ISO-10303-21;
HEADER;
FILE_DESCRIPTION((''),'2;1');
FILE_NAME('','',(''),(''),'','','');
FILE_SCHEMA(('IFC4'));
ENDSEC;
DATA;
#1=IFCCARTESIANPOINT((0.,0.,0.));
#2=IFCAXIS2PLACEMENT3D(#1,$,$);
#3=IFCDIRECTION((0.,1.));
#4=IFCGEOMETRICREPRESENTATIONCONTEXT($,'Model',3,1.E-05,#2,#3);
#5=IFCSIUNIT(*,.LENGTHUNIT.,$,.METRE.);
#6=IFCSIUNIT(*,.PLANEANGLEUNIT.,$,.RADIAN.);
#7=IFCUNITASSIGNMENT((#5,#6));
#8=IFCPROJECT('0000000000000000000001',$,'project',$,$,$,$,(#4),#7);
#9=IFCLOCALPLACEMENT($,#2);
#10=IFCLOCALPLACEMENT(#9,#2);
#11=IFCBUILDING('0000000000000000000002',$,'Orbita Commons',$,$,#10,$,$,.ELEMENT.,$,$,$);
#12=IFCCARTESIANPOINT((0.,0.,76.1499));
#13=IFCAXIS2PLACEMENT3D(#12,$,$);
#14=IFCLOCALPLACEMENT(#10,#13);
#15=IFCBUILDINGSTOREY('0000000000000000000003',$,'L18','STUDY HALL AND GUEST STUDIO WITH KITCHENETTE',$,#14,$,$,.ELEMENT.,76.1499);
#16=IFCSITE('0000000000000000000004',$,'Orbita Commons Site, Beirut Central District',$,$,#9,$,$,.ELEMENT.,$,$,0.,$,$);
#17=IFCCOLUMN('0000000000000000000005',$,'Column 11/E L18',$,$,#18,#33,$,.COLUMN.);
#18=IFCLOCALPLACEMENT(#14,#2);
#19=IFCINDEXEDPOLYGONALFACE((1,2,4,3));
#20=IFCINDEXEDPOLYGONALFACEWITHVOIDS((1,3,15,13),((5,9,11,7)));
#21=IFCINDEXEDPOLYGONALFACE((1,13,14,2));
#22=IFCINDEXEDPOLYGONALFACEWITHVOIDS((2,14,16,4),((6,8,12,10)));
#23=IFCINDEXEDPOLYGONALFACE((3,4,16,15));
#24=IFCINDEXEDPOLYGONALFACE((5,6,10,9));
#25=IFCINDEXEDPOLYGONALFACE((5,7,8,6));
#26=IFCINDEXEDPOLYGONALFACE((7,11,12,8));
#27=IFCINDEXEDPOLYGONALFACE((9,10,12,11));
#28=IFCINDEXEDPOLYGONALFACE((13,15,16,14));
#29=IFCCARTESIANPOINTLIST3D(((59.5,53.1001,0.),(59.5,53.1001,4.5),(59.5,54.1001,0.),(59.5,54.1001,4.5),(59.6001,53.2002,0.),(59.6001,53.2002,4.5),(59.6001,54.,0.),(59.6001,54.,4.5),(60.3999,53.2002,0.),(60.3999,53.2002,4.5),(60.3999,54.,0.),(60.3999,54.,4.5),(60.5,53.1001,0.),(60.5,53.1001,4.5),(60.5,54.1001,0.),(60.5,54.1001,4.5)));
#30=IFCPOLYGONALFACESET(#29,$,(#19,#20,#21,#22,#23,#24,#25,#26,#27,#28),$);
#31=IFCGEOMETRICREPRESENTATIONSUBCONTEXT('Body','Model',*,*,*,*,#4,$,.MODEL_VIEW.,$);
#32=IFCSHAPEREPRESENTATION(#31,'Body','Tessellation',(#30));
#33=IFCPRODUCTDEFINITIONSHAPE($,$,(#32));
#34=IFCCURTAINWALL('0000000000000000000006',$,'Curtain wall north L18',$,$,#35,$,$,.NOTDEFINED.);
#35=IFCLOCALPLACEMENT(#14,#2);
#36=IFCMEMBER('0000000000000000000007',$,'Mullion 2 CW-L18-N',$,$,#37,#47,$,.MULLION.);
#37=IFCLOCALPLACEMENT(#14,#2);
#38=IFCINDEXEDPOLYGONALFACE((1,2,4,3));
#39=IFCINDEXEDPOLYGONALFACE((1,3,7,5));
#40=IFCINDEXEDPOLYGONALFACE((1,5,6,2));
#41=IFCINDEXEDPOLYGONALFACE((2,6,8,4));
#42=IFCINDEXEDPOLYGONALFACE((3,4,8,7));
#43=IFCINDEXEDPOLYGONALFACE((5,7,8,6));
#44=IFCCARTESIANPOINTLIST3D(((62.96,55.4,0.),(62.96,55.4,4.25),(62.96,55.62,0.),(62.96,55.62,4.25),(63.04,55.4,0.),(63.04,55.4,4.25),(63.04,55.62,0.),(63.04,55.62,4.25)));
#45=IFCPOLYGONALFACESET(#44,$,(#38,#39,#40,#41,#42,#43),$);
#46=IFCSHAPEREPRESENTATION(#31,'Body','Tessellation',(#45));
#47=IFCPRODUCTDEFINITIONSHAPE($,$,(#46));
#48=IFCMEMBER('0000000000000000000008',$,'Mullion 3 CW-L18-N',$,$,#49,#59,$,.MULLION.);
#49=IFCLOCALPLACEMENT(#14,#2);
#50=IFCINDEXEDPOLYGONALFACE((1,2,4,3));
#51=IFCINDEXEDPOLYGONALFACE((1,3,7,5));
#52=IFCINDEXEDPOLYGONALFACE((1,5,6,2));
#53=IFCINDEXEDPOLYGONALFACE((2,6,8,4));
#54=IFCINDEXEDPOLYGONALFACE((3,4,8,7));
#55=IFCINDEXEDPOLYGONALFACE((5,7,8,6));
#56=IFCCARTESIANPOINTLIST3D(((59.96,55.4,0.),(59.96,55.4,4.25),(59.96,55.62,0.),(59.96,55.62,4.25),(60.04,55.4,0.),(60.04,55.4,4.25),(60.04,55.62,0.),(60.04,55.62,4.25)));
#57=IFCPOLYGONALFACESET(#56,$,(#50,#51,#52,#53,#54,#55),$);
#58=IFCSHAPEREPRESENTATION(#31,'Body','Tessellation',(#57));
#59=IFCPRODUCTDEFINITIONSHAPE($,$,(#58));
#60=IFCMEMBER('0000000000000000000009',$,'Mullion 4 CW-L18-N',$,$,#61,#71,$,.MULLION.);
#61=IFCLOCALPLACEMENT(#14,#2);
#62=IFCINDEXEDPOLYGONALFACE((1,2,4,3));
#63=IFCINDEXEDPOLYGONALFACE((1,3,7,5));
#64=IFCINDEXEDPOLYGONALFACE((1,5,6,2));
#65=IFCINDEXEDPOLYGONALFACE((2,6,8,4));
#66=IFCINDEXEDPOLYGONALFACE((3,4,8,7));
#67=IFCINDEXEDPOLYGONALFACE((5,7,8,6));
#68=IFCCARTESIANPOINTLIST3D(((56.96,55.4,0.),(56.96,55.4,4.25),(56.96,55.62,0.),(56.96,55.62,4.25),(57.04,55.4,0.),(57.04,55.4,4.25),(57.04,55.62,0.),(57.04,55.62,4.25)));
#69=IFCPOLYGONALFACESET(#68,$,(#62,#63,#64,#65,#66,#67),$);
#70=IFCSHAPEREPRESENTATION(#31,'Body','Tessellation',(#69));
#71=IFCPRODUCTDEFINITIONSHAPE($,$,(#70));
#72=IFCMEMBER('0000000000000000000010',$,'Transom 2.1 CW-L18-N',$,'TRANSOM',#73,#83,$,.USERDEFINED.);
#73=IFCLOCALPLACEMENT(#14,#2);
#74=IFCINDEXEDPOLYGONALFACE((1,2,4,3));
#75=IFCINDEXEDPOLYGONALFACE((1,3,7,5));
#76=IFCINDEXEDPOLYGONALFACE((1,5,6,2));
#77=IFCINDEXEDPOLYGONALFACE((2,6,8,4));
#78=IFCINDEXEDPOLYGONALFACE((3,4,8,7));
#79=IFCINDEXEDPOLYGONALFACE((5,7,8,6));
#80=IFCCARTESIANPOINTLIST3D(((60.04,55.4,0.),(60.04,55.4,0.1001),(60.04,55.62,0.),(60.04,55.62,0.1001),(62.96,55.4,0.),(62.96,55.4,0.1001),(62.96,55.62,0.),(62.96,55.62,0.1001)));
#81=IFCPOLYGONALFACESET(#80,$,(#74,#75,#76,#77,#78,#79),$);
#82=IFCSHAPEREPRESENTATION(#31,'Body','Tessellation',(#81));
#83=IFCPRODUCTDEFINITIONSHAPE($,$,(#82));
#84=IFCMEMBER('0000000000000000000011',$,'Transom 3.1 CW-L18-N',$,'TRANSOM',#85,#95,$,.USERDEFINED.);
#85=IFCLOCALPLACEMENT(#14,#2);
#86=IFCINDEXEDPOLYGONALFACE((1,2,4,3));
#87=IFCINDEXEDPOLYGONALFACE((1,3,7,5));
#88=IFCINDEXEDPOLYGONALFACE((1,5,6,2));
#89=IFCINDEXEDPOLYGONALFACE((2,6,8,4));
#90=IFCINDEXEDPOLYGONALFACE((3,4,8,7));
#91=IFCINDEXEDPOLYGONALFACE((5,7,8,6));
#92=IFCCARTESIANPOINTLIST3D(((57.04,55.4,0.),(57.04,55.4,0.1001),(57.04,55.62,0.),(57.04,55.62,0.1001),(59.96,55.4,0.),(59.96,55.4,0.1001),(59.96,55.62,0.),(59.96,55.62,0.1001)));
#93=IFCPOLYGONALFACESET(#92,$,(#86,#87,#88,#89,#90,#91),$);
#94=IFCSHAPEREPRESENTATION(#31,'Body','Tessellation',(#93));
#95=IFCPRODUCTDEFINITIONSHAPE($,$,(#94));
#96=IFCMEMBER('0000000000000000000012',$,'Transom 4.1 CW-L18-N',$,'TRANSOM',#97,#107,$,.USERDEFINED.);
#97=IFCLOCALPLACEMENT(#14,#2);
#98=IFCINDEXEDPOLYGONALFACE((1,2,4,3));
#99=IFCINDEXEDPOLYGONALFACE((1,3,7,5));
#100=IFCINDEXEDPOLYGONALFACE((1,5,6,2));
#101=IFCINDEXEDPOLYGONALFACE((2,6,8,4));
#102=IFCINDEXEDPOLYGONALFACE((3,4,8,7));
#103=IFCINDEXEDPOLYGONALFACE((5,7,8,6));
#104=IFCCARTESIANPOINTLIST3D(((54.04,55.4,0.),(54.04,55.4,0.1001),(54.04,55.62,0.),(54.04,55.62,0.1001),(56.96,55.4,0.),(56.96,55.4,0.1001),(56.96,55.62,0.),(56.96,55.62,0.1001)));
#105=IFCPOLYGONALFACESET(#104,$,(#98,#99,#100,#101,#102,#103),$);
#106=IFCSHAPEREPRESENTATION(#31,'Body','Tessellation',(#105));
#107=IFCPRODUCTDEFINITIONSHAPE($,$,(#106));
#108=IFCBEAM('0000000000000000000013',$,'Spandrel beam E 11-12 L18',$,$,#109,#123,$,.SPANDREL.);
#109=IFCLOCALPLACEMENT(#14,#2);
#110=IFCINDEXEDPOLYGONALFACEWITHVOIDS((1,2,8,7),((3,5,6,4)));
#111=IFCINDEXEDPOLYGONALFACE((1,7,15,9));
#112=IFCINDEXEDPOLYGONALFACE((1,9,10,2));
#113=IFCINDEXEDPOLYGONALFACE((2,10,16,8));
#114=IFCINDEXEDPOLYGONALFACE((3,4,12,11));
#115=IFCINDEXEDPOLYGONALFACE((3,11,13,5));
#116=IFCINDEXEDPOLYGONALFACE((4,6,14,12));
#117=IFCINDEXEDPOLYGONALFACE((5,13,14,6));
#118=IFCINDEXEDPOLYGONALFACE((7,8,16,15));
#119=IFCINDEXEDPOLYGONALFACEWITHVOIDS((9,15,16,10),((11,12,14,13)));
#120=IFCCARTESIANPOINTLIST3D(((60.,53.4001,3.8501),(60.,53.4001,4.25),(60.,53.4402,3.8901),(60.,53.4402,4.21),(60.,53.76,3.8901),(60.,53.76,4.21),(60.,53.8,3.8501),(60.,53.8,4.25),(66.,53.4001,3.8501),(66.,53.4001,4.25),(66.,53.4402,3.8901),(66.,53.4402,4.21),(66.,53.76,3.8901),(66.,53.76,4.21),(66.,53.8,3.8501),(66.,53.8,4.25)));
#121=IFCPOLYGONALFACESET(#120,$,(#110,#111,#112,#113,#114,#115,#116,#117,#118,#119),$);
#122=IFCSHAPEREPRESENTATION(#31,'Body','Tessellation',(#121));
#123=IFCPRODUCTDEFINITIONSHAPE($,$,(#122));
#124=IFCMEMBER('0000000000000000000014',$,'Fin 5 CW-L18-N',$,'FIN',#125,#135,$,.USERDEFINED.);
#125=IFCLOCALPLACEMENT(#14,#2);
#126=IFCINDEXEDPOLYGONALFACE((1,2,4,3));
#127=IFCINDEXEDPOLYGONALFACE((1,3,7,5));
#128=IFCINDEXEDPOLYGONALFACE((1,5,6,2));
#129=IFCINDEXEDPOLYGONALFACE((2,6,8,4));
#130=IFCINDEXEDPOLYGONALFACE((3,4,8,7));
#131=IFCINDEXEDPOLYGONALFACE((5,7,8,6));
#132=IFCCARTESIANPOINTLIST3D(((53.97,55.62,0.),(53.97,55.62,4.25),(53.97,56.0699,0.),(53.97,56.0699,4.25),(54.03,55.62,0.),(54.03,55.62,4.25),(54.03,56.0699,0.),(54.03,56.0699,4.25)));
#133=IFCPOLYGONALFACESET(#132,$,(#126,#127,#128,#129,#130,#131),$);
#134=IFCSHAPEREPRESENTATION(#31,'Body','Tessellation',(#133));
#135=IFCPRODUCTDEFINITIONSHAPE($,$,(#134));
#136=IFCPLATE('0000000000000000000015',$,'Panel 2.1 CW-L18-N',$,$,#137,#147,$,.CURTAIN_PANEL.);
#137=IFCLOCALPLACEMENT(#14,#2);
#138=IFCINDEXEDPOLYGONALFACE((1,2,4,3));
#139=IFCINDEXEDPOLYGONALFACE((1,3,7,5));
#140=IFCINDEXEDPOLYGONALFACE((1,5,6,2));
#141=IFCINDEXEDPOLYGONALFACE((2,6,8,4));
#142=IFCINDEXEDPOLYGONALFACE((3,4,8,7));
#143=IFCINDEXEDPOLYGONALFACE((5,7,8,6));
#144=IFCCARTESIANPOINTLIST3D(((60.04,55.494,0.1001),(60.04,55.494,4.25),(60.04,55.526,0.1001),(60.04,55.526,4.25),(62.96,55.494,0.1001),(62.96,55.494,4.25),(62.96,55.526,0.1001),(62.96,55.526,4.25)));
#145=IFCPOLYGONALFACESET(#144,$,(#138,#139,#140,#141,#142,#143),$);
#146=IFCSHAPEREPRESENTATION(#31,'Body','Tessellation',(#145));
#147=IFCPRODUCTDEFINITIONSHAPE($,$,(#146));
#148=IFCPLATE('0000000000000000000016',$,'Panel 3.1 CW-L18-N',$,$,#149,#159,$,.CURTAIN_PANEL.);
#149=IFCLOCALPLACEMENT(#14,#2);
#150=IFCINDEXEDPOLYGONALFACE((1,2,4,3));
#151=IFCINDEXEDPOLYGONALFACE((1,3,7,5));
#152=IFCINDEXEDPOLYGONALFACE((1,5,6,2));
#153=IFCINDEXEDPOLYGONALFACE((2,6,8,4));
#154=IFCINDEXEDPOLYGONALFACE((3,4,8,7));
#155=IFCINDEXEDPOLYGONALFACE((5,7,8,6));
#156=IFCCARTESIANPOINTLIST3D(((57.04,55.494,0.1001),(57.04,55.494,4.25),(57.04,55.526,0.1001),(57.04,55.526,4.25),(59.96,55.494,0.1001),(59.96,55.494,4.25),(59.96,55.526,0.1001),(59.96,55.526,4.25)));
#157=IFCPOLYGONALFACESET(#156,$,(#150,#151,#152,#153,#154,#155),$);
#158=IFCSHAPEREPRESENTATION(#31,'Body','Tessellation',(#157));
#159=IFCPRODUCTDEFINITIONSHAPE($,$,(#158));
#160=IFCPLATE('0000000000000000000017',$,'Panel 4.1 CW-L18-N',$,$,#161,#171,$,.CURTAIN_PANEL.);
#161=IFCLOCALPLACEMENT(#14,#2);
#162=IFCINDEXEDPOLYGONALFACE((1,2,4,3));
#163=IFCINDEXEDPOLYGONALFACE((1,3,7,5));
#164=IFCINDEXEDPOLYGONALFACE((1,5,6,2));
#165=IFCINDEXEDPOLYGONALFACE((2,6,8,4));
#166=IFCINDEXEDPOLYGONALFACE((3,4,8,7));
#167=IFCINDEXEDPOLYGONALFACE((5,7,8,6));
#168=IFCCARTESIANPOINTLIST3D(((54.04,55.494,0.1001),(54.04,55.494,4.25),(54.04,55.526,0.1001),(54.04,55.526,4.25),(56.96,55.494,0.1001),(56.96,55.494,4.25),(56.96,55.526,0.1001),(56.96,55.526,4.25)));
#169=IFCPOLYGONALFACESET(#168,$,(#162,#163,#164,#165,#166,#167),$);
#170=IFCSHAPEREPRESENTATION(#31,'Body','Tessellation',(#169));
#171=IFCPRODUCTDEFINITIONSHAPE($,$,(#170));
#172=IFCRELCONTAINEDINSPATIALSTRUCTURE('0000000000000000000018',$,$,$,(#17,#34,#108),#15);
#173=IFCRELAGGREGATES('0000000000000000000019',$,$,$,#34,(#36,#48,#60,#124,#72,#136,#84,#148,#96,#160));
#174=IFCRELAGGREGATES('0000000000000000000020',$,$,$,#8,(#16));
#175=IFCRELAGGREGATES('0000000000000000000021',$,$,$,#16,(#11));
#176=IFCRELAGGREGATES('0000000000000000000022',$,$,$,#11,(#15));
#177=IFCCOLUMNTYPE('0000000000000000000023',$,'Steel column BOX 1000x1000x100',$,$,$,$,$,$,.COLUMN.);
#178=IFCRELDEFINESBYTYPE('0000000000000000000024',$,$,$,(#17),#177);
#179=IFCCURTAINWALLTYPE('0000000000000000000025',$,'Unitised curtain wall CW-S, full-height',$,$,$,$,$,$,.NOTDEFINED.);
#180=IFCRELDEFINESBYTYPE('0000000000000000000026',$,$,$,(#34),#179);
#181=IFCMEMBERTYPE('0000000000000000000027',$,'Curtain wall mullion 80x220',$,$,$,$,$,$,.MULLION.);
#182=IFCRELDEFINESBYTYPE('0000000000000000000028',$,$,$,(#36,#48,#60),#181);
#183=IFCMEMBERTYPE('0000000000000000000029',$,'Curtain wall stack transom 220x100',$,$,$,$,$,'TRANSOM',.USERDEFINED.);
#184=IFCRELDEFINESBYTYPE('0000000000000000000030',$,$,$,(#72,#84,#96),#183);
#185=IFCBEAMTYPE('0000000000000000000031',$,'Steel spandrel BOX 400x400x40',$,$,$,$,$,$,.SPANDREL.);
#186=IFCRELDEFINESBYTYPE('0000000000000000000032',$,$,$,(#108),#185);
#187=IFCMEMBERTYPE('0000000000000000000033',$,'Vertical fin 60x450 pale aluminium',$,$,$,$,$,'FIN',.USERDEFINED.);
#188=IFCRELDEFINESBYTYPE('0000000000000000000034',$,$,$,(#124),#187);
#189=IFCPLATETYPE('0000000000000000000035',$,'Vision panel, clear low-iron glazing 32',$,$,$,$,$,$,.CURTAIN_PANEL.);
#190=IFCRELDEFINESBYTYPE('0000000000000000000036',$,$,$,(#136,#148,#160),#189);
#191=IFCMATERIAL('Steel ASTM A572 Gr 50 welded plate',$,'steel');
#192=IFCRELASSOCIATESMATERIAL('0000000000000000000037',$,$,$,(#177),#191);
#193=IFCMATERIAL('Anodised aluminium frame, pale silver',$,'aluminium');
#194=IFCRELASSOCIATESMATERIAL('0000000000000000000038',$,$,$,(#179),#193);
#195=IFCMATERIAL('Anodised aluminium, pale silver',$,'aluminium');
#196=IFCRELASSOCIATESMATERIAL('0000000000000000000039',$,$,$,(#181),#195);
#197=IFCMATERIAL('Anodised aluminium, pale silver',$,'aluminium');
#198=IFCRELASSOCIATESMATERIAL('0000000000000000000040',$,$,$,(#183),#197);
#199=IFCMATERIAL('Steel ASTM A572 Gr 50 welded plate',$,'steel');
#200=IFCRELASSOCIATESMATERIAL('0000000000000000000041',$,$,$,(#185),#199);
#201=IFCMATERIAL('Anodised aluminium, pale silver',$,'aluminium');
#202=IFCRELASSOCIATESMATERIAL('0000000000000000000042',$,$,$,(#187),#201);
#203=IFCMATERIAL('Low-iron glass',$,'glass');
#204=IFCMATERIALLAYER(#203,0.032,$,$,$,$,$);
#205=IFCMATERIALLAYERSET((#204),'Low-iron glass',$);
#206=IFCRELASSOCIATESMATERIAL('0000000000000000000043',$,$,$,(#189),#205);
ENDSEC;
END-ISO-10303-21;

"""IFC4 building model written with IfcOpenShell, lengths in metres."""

from ifc_helpers import new_model, si_unit, direction, frame, origin, origin_2d, place, context, subcontext, project, spatial, rectangle, hollow_rectangle, extrude, material, layer, layer_set, material_profile, profile_set, type_object, element, aggregate, save


model = new_model("IFC4")

# Units and contexts
model_context = context("Model", 3, precision=1e-05, world=origin(), true_north=direction((0.0, 1.0)))
body_context = subcontext(model_context, "Body", "Model", "MODEL_VIEW")
ifc_project = project(units=[si_unit("LENGTHUNIT", "METRE"), si_unit("PLANEANGLEUNIT", "RADIAN")], contexts=[model_context])

# Site, building, storey
site_placement = place(None, origin())
site = spatial("IfcSite", under=ifc_project, at=site_placement, Name="Orbita Commons Site, Beirut Central District", CompositionType="ELEMENT", RefElevation=0.0)
building_placement = place(site_placement, origin())
building = spatial("IfcBuilding", under=site, at=building_placement, Name="Orbita Commons", CompositionType="ELEMENT")
storey_placement = place(building_placement, frame((0.0, 0.0, 76.1499)))
storey = spatial("IfcBuildingStorey", under=building, at=storey_placement, Name="L18", Description="STUDY HALL AND GUEST STUDIO WITH KITCHENETTE", CompositionType="ELEMENT", Elevation=76.1499)

# Column
ifc_material_1 = material(Name="Steel ASTM A572 Gr 50 welded plate", Category="steel")
ifc_material_profile_1 = material_profile(ifc_material_1, hollow_rectangle(XDim=1.0, YDim=1.0, WallThickness=0.1001, at=origin_2d()), Name="BOX 1000x1000x100")
ifc_profile_set_1 = profile_set([ifc_material_profile_1], Name="Steel ASTM A572 Gr 50 welded plate")
column_type = type_object("IfcColumnType", Name="Steel column BOX 1000x1000x100", PredefinedType="COLUMN", material=ifc_profile_set_1)
column_placement = place(storey_placement, frame((60.0, 53.6001, 0.0), z_axis=(0.0, 0.0, 1.0), x_axis=(1.0, 0.0, 0.0)))
element("IfcColumn", 1, at=column_placement, inside=storey, type_object=column_type, Name="Column 11/E L18", PredefinedType="COLUMN", context=body_context, shape_type="SweptSolid", body=[
    extrude(hollow_rectangle(XDim=1.0, YDim=1.0, WallThickness=0.1001, at=origin_2d()), origin(), (0.0, 0.0, 1.0), 4.5),
])

# Curtain wall, members
ifc_material_2 = material(Name="Anodised aluminium frame, pale silver", Category="aluminium")
curtain_wall_type = type_object("IfcCurtainWallType", Name="Unitised curtain wall CW-S, full-height", PredefinedType="NOTDEFINED", material=ifc_material_2)
curtain_wall_placement = place(storey_placement, origin())
curtain_wall = element("IfcCurtainWall", 2, at=curtain_wall_placement, inside=storey, type_object=curtain_wall_type, Name="Curtain wall north L18", PredefinedType="NOTDEFINED")
ifc_material_3 = material(Name="Anodised aluminium, pale silver", Category="aluminium")
ifc_material_profile_2 = material_profile(ifc_material_3, rectangle(XDim=0.0801, YDim=0.22, at=origin_2d()), Name="AL 80x220")
ifc_profile_set_2 = profile_set([ifc_material_profile_2], Name="Anodised aluminium, pale silver")
member_type_1 = type_object("IfcMemberType", Name="Curtain wall mullion 80x220", PredefinedType="MULLION", material=ifc_profile_set_2)
member_1_placement = place(storey_placement, frame((63.0, 55.51, 0.0), z_axis=(0.0, 0.0, 1.0), x_axis=(-1.0, 0.0, 0.0)))
member_1 = element("IfcMember", 3, at=member_1_placement, type_object=member_type_1, Name="Mullion 2 CW-L18-N", PredefinedType="MULLION", context=body_context, shape_type="SweptSolid", body=[
    extrude(rectangle(XDim=0.0801, YDim=0.22, at=origin_2d()), origin(), (0.0, 0.0, 1.0), 4.25),
])
member_2_placement = place(storey_placement, frame((60.0, 55.51, 0.0), z_axis=(0.0, 0.0, 1.0), x_axis=(-1.0, 0.0, 0.0)))
member_2 = element("IfcMember", 4, at=member_2_placement, type_object=member_type_1, Name="Mullion 3 CW-L18-N", PredefinedType="MULLION", context=body_context, shape_type="SweptSolid", body=[
    extrude(rectangle(XDim=0.0801, YDim=0.22, at=origin_2d()), origin(), (0.0, 0.0, 1.0), 4.25),
])
member_3_placement = place(storey_placement, frame((57.0, 55.51, 0.0), z_axis=(0.0, 0.0, 1.0), x_axis=(-1.0, 0.0, 0.0)))
member_3 = element("IfcMember", 5, at=member_3_placement, type_object=member_type_1, Name="Mullion 4 CW-L18-N", PredefinedType="MULLION", context=body_context, shape_type="SweptSolid", body=[
    extrude(rectangle(XDim=0.0801, YDim=0.22, at=origin_2d()), origin(), (0.0, 0.0, 1.0), 4.25),
])
ifc_material_4 = material(Name="Anodised aluminium, pale silver", Category="aluminium")
ifc_material_profile_3 = material_profile(ifc_material_4, rectangle(XDim=0.22, YDim=0.1001, at=origin_2d()), Name="AL 220x100")
ifc_profile_set_3 = profile_set([ifc_material_profile_3], Name="Anodised aluminium, pale silver")
member_type_2 = type_object("IfcMemberType", Name="Curtain wall stack transom 220x100", ElementType="TRANSOM", PredefinedType="USERDEFINED", material=ifc_profile_set_3)
member_4_placement = place(storey_placement, frame((62.96, 55.51, 0.05), z_axis=(-1.0, 0.0, 0.0), x_axis=(0.0, -1.0, 0.0)))
member_4 = element("IfcMember", 6, at=member_4_placement, type_object=member_type_2, Name="Transom 2.1 CW-L18-N", ObjectType="TRANSOM", PredefinedType="USERDEFINED", context=body_context, shape_type="SweptSolid", body=[
    extrude(rectangle(XDim=0.22, YDim=0.1001, at=origin_2d()), origin(), (0.0, 0.0, 1.0), 2.9199),
])
member_5_placement = place(storey_placement, frame((59.96, 55.51, 0.05), z_axis=(-1.0, 0.0, 0.0), x_axis=(0.0, -1.0, 0.0)))
member_5 = element("IfcMember", 7, at=member_5_placement, type_object=member_type_2, Name="Transom 3.1 CW-L18-N", ObjectType="TRANSOM", PredefinedType="USERDEFINED", context=body_context, shape_type="SweptSolid", body=[
    extrude(rectangle(XDim=0.22, YDim=0.1001, at=origin_2d()), origin(), (0.0, 0.0, 1.0), 2.9199),
])
member_6_placement = place(storey_placement, frame((56.96, 55.51, 0.05), z_axis=(-1.0, 0.0, 0.0), x_axis=(0.0, -1.0, 0.0)))
member_6 = element("IfcMember", 8, at=member_6_placement, type_object=member_type_2, Name="Transom 4.1 CW-L18-N", ObjectType="TRANSOM", PredefinedType="USERDEFINED", context=body_context, shape_type="SweptSolid", body=[
    extrude(rectangle(XDim=0.22, YDim=0.1001, at=origin_2d()), origin(), (0.0, 0.0, 1.0), 2.9199),
])

# Beam
ifc_material_5 = material(Name="Steel ASTM A572 Gr 50 welded plate", Category="steel")
ifc_material_profile_4 = material_profile(ifc_material_5, hollow_rectangle(XDim=0.3999, YDim=0.3999, WallThickness=0.04, at=origin_2d()), Name="BOX 400x400x40")
ifc_profile_set_4 = profile_set([ifc_material_profile_4], Name="Steel ASTM A572 Gr 50 welded plate")
beam_type = type_object("IfcBeamType", Name="Steel spandrel BOX 400x400x40", PredefinedType="SPANDREL", material=ifc_profile_set_4)
beam_placement = place(storey_placement, frame((60.0, 53.6001, 4.05), z_axis=(1.0, 0.0, 0.0), x_axis=(0.0, 1.0, 0.0)))
element("IfcBeam", 9, at=beam_placement, inside=storey, type_object=beam_type, Name="Spandrel beam E 11-12 L18", PredefinedType="SPANDREL", context=body_context, shape_type="SweptSolid", body=[
    extrude(hollow_rectangle(XDim=0.3999, YDim=0.3999, WallThickness=0.04, at=origin_2d()), origin(), (0.0, 0.0, 1.0), 6.0),
])

# Member
ifc_material_6 = material(Name="Anodised aluminium, pale silver", Category="aluminium")
ifc_material_profile_5 = material_profile(ifc_material_6, rectangle(XDim=0.0601, YDim=0.45, at=origin_2d()), Name="FIN 60x450")
ifc_profile_set_5 = profile_set([ifc_material_profile_5], Name="Anodised aluminium, pale silver")
member_type_3 = type_object("IfcMemberType", Name="Vertical fin 60x450 pale aluminium", ElementType="FIN", PredefinedType="USERDEFINED", material=ifc_profile_set_5)
member_7_placement = place(storey_placement, frame((54.0, 55.845, 0.0), z_axis=(0.0, 0.0, 1.0), x_axis=(-1.0, 0.0, 0.0)))
member_7 = element("IfcMember", 10, at=member_7_placement, type_object=member_type_3, Name="Fin 5 CW-L18-N", ObjectType="FIN", PredefinedType="USERDEFINED", context=body_context, shape_type="SweptSolid", body=[
    extrude(rectangle(XDim=0.0601, YDim=0.45, at=origin_2d()), origin(), (0.0, 0.0, 1.0), 4.25),
])

# Plates
ifc_material_7 = material(Name="Low-iron glass", Category="glass")
ifc_layer_1 = layer(ifc_material_7, 0.032)
ifc_layer_set_1 = layer_set([ifc_layer_1], Name="Low-iron glass")
plate_type = type_object("IfcPlateType", Name="Vision panel, clear low-iron glazing 32", PredefinedType="CURTAIN_PANEL", material=ifc_layer_set_1)
plate_1_placement = place(storey_placement, frame((61.5, 55.51, 0.1001), z_axis=(0.0, 0.0, 1.0), x_axis=(-1.0, 0.0, 0.0)))
plate_1 = element("IfcPlate", 11, at=plate_1_placement, type_object=plate_type, Name="Panel 2.1 CW-L18-N", PredefinedType="CURTAIN_PANEL", context=body_context, shape_type="SweptSolid", body=[
    extrude(rectangle(XDim=2.9199, YDim=0.032, at=origin_2d()), origin(), (0.0, 0.0, 1.0), 4.1499),
])
plate_2_placement = place(storey_placement, frame((58.5, 55.51, 0.1001), z_axis=(0.0, 0.0, 1.0), x_axis=(-1.0, 0.0, 0.0)))
plate_2 = element("IfcPlate", 12, at=plate_2_placement, type_object=plate_type, Name="Panel 3.1 CW-L18-N", PredefinedType="CURTAIN_PANEL", context=body_context, shape_type="SweptSolid", body=[
    extrude(rectangle(XDim=2.9199, YDim=0.032, at=origin_2d()), origin(), (0.0, 0.0, 1.0), 4.1499),
])
plate_3_placement = place(storey_placement, frame((55.5, 55.51, 0.1001), z_axis=(0.0, 0.0, 1.0), x_axis=(-1.0, 0.0, 0.0)))
plate_3 = element("IfcPlate", 13, at=plate_3_placement, type_object=plate_type, Name="Panel 4.1 CW-L18-N", PredefinedType="CURTAIN_PANEL", context=body_context, shape_type="SweptSolid", body=[
    extrude(rectangle(XDim=2.9199, YDim=0.032, at=origin_2d()), origin(), (0.0, 0.0, 1.0), 4.1499),
])
aggregate(curtain_wall, [member_1, member_2, member_3, member_7, member_4, plate_1, member_5, plate_2, member_6, plate_3])

save(model, "model.ifc")
